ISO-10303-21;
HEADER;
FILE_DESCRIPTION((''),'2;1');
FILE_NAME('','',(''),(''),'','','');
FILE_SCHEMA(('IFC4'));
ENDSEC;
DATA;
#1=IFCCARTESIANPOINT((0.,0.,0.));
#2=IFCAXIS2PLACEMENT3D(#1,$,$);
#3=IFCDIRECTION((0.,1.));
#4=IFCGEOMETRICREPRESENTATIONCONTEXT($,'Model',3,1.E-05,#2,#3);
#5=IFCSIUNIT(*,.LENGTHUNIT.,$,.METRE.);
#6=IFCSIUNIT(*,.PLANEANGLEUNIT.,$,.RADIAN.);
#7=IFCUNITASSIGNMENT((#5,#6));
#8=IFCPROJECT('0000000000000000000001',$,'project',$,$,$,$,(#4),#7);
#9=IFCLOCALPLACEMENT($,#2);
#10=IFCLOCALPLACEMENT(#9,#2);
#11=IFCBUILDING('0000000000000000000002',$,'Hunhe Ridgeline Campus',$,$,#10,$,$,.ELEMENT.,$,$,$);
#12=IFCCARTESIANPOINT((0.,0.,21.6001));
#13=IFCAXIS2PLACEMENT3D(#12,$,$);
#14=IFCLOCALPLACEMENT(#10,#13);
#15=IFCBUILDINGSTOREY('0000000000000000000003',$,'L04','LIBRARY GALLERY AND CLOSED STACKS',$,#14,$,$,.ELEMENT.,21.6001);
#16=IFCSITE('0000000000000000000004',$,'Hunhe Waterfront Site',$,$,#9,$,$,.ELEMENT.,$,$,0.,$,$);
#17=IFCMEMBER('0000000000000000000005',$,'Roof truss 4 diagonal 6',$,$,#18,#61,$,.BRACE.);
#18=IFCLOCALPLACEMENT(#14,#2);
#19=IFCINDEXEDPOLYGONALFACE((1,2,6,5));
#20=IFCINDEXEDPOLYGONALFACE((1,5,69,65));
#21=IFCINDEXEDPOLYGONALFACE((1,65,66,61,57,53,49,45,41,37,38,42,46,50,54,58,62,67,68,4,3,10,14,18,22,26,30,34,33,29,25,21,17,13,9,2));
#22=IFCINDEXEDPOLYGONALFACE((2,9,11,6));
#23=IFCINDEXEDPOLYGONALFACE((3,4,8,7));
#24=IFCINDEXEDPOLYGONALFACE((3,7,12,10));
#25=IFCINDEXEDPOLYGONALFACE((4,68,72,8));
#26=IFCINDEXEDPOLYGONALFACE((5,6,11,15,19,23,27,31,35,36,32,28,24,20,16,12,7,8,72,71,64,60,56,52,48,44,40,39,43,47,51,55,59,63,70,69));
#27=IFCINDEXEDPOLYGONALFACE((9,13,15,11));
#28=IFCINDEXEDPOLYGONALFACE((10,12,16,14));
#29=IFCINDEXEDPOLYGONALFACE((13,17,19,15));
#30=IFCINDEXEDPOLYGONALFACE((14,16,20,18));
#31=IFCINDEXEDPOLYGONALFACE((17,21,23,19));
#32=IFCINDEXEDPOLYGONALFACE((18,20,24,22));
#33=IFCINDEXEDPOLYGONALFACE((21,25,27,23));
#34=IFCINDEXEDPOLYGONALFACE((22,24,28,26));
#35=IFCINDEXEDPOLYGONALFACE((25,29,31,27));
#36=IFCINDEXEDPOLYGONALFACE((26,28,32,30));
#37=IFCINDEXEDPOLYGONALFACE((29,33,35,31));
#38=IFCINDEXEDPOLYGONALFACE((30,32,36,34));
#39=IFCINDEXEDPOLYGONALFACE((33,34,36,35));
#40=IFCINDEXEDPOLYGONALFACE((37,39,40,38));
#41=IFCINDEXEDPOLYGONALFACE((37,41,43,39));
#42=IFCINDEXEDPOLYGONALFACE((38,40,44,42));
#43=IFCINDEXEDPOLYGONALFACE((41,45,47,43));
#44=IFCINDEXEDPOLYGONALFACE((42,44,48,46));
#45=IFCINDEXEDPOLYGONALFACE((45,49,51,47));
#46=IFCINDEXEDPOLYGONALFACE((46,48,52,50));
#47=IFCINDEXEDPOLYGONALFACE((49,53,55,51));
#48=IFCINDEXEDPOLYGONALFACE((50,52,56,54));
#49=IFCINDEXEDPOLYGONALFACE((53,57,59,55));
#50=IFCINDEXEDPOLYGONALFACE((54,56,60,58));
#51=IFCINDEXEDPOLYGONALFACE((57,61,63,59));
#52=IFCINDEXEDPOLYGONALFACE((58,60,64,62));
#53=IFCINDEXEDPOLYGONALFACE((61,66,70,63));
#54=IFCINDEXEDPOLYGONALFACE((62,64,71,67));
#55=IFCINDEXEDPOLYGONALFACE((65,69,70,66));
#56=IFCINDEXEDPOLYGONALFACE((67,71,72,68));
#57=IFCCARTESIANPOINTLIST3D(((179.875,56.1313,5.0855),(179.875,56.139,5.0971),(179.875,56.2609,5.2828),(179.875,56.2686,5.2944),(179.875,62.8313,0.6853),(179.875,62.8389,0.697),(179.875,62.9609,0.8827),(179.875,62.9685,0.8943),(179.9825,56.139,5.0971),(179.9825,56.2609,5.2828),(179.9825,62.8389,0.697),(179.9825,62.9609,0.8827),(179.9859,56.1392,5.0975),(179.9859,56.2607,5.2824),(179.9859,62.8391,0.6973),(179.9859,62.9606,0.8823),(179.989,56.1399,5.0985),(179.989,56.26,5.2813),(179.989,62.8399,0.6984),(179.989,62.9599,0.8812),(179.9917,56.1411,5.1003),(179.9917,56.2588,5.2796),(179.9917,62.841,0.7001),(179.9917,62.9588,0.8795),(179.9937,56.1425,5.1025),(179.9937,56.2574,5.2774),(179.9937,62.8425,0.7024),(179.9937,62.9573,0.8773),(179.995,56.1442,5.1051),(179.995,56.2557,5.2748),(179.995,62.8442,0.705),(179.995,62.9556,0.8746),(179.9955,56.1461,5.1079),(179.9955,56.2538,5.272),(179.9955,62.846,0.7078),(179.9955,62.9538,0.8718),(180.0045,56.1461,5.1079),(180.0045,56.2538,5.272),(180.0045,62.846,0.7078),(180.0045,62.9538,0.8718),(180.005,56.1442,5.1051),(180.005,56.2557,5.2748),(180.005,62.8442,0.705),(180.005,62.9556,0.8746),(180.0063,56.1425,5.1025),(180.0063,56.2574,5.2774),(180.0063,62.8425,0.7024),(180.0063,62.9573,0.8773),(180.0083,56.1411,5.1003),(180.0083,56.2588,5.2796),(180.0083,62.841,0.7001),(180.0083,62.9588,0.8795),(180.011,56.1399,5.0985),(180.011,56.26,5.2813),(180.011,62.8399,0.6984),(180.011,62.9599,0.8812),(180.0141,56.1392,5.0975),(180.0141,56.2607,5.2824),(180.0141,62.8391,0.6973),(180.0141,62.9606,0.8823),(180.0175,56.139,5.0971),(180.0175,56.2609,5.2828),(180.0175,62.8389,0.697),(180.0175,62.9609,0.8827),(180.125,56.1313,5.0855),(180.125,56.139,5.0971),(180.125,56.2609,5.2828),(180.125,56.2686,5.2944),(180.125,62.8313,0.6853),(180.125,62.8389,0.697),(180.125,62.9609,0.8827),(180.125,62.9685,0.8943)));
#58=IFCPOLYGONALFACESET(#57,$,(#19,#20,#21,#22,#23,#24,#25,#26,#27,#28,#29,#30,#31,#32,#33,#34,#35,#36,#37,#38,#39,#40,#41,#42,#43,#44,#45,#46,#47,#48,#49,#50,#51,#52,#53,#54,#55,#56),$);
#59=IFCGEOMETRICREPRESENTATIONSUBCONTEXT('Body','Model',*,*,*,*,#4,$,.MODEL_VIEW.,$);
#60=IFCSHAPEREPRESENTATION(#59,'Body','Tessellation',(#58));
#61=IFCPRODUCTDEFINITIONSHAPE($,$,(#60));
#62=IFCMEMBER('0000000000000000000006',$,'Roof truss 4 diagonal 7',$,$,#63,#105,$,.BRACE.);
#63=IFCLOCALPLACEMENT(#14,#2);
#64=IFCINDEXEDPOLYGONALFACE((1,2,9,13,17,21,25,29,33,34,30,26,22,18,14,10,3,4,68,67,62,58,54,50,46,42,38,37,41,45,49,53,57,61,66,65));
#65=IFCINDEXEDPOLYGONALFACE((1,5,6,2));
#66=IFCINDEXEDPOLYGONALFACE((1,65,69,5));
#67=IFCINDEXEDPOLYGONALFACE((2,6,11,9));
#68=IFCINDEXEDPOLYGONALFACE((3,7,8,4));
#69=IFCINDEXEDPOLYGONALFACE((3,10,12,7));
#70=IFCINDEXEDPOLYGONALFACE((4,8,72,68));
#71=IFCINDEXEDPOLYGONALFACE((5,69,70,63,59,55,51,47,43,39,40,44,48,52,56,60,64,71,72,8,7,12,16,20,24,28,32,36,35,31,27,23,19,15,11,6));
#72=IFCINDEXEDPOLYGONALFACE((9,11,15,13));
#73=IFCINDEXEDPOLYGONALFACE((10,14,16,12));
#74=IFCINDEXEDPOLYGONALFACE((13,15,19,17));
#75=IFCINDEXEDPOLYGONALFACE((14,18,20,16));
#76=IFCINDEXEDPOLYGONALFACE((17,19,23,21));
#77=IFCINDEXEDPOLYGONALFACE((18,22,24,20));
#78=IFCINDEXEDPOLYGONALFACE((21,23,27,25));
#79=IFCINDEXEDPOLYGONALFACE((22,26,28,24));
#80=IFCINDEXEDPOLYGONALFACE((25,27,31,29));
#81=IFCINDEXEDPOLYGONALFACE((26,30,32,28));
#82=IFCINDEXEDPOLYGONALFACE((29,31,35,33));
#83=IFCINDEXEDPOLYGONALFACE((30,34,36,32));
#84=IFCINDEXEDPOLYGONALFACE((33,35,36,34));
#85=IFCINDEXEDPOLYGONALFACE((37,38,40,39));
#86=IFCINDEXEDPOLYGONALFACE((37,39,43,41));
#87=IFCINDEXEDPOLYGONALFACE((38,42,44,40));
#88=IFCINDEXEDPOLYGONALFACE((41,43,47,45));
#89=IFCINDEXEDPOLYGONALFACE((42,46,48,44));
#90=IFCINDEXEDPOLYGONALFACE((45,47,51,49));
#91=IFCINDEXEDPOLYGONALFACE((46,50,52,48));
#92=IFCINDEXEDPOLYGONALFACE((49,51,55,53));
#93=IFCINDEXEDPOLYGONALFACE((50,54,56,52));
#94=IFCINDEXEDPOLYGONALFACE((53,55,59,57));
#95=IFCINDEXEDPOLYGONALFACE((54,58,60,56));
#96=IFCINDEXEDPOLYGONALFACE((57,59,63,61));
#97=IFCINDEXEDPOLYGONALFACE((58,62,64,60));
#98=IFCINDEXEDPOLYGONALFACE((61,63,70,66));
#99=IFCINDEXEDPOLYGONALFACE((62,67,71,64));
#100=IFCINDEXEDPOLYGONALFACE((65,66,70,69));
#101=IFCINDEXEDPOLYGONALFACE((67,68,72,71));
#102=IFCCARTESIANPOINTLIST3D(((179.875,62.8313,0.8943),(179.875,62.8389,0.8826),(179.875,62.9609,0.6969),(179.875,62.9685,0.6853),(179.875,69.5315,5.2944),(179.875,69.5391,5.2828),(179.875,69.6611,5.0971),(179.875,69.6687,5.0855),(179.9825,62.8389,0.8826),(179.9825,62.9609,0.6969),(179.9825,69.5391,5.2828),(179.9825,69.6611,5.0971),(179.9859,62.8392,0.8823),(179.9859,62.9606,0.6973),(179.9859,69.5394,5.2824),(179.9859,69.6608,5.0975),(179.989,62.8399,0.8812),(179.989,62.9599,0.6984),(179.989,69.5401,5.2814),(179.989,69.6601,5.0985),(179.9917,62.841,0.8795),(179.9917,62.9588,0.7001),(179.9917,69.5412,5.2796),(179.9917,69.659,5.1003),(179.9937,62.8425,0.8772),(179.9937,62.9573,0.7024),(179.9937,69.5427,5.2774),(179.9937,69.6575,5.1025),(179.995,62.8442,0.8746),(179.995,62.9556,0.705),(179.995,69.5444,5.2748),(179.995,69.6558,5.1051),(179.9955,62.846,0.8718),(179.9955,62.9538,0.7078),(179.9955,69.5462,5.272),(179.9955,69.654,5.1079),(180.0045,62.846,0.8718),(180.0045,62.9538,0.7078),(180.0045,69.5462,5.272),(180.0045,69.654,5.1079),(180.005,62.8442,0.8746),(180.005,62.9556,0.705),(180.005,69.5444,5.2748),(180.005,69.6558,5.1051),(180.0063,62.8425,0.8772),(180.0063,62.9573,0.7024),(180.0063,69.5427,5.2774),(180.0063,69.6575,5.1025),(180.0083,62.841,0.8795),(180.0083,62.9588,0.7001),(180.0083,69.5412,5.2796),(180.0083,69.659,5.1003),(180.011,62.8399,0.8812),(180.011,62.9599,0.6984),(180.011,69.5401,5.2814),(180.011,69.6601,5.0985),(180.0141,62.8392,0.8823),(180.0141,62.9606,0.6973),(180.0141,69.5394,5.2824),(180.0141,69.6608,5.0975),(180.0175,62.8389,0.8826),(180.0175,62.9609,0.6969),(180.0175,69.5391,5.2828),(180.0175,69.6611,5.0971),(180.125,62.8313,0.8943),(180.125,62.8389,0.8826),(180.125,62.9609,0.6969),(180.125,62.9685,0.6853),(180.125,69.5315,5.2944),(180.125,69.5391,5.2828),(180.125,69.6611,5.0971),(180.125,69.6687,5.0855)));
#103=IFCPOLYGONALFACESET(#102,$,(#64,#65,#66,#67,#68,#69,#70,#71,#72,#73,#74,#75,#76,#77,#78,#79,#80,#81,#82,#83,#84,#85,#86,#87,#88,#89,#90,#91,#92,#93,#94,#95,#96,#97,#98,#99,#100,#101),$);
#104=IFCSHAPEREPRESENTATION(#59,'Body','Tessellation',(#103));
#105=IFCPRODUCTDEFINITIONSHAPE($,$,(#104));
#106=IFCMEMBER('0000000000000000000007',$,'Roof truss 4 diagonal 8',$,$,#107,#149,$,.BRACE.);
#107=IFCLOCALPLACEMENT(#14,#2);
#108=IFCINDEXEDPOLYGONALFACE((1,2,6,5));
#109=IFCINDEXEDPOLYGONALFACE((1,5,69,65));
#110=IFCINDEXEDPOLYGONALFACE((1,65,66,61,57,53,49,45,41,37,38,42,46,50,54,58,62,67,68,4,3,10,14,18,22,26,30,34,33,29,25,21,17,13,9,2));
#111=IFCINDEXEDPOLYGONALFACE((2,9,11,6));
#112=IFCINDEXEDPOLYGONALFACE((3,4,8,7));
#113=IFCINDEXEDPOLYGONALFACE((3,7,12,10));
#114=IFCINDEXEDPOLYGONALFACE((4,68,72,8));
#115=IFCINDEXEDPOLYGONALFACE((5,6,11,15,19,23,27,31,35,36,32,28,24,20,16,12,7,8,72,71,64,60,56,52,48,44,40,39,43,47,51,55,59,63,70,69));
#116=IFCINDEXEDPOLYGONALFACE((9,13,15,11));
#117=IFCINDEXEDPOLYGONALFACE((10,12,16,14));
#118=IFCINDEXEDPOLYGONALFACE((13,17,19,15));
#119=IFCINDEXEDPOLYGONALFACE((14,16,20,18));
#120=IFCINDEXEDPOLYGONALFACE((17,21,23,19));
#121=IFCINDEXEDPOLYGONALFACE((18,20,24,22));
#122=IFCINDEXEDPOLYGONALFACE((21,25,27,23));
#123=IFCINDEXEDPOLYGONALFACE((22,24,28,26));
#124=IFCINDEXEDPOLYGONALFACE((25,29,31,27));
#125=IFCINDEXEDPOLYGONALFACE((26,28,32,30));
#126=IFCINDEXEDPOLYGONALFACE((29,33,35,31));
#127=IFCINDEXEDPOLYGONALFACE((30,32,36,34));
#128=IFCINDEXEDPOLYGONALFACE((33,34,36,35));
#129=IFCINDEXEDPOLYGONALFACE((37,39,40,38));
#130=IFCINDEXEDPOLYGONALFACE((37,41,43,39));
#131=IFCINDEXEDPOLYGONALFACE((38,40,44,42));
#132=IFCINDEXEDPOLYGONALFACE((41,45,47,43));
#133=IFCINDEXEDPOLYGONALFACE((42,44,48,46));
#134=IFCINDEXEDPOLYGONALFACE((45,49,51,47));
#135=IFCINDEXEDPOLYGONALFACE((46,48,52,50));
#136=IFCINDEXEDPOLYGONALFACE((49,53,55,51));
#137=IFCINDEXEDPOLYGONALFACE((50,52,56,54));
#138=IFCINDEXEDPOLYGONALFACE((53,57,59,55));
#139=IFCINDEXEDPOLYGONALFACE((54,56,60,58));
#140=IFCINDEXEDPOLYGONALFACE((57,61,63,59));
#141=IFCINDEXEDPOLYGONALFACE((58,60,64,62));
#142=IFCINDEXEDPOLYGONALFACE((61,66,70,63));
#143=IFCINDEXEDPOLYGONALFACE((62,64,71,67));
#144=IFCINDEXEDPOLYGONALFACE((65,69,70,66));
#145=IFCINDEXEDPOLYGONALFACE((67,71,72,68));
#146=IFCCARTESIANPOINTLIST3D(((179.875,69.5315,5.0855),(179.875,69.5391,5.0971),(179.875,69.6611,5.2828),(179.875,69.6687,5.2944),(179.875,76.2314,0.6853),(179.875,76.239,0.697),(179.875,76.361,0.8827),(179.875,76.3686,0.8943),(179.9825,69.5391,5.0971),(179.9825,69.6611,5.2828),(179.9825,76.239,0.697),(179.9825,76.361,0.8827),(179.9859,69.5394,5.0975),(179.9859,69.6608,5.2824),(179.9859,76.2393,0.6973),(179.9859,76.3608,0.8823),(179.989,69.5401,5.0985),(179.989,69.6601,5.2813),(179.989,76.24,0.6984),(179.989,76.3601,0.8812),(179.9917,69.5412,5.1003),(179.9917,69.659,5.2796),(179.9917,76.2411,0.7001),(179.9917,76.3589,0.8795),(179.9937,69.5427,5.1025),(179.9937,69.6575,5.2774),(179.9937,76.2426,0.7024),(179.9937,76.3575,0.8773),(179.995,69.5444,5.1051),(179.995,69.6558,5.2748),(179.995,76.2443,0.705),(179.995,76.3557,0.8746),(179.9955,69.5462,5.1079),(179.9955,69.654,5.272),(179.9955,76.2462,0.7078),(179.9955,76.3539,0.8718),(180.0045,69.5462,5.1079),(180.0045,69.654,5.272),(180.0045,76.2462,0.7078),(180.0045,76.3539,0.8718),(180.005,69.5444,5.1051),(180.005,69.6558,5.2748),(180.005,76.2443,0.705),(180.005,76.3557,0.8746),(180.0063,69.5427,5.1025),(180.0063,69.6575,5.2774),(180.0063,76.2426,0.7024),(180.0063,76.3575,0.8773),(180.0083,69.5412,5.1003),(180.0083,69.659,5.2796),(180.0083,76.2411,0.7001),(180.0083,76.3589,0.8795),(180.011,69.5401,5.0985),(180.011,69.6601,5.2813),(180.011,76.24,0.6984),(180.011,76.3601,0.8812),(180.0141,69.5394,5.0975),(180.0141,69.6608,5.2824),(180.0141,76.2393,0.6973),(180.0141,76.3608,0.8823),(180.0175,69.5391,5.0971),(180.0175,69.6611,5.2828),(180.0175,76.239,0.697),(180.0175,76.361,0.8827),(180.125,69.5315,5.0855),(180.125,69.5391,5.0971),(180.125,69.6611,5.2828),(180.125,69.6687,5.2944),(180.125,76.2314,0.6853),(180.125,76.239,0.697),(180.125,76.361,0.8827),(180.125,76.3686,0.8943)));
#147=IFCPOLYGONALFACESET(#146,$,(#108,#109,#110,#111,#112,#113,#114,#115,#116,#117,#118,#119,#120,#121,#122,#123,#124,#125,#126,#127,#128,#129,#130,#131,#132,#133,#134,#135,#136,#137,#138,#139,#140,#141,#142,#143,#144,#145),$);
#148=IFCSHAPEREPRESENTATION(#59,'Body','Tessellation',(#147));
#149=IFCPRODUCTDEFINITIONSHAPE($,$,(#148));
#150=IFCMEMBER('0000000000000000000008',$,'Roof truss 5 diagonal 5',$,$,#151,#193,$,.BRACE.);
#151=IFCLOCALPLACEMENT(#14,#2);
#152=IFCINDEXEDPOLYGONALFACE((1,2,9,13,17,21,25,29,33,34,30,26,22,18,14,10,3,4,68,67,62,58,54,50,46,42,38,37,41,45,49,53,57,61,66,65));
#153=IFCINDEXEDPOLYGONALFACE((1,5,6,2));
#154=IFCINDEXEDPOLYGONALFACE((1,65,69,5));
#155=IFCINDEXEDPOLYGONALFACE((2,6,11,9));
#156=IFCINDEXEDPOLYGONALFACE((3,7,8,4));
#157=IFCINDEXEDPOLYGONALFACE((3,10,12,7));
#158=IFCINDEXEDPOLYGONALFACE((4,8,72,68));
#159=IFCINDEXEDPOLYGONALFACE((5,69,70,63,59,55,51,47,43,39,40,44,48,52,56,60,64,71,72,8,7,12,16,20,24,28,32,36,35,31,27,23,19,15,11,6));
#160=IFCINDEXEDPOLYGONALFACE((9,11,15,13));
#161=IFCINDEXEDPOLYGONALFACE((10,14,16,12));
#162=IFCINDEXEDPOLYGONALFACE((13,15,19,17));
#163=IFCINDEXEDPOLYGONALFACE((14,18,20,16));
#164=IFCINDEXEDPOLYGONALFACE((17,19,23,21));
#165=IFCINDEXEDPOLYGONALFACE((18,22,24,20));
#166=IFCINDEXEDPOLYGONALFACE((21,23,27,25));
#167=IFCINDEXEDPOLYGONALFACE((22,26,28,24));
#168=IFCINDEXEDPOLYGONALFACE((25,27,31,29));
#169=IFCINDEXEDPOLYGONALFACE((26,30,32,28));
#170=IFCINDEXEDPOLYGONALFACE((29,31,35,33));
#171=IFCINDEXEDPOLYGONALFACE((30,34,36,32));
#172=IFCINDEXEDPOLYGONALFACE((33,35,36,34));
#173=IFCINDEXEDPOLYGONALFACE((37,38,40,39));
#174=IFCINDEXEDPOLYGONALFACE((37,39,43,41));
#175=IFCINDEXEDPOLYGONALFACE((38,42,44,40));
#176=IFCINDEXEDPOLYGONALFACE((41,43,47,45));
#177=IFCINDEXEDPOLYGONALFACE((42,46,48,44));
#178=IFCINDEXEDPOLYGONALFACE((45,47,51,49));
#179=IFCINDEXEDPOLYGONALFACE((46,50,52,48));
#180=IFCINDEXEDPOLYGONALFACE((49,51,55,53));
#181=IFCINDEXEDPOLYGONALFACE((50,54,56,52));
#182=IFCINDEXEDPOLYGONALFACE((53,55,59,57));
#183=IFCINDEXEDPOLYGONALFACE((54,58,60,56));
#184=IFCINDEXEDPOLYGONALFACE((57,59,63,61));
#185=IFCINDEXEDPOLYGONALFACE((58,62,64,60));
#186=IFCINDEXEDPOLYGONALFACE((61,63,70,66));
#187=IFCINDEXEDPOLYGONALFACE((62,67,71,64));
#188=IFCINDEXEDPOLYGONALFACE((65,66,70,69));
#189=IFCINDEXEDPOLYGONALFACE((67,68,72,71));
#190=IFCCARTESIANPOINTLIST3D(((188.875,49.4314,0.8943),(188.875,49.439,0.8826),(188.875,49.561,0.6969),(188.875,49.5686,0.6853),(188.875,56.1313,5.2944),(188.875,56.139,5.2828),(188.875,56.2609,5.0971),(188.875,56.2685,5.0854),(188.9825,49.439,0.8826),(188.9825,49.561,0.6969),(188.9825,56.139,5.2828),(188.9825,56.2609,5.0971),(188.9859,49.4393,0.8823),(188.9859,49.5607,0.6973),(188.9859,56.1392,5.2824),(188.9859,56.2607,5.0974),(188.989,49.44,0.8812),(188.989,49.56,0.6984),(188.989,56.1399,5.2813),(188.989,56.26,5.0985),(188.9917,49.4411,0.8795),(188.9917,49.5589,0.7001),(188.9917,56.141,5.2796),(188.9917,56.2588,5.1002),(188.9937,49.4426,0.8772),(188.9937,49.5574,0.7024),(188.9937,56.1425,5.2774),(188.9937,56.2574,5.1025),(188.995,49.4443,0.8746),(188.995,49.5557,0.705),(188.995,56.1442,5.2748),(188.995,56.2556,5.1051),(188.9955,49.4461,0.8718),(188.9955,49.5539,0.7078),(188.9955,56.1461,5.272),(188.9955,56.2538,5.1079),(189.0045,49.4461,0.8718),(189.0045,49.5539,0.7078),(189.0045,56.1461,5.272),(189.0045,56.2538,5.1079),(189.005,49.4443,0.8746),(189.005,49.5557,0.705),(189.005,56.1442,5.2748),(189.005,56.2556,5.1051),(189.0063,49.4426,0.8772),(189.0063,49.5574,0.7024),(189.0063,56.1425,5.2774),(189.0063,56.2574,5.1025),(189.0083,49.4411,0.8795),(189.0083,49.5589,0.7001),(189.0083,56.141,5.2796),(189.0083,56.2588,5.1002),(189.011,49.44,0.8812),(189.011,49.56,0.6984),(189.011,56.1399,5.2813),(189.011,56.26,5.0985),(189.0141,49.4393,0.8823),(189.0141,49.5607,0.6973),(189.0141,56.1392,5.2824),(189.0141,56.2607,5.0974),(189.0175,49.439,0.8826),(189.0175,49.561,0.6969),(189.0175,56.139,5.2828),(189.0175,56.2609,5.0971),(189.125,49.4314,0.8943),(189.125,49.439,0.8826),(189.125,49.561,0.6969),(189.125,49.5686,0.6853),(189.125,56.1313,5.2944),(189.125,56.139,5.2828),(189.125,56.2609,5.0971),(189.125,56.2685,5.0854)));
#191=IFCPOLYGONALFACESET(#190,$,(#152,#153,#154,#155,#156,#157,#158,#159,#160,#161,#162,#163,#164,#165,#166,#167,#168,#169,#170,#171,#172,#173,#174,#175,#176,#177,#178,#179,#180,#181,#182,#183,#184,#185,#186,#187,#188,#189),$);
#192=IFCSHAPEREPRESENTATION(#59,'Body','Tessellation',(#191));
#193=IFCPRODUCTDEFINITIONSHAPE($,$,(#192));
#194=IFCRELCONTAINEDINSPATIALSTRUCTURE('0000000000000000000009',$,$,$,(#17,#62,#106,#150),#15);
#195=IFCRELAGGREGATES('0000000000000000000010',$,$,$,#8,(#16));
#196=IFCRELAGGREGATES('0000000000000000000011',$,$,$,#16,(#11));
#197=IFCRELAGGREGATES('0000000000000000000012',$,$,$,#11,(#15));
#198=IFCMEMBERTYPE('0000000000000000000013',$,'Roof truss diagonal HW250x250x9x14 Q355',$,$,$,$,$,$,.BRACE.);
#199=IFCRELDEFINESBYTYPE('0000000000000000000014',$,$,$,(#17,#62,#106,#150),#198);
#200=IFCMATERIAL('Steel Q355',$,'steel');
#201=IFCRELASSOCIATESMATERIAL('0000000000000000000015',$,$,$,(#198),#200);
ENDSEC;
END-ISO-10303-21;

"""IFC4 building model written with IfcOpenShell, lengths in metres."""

from ifc_helpers import new_model, si_unit, direction, frame, origin, origin_2d, place, context, subcontext, project, spatial, i_section, extrude, material, material_profile, profile_set, type_object, element, save


model = new_model("IFC4")

# Units and contexts
model_context = context("Model", 3, precision=1e-05, world=origin(), true_north=direction((0.0, 1.0)))
body_context = subcontext(model_context, "Body", "Model", "MODEL_VIEW")
ifc_project = project(units=[si_unit("LENGTHUNIT", "METRE"), si_unit("PLANEANGLEUNIT", "RADIAN")], contexts=[model_context])

# Site, building, storey
site_placement = place(None, origin())
site = spatial("IfcSite", under=ifc_project, at=site_placement, Name="Hunhe Waterfront Site", CompositionType="ELEMENT", RefElevation=0.0)
building_placement = place(site_placement, origin())
building = spatial("IfcBuilding", under=site, at=building_placement, Name="Hunhe Ridgeline Campus", CompositionType="ELEMENT")
storey_placement = place(building_placement, frame((0.0, 0.0, 21.6001)))
storey = spatial("IfcBuildingStorey", under=building, at=storey_placement, Name="L04", Description="LIBRARY GALLERY AND CLOSED STACKS", CompositionType="ELEMENT", Elevation=21.6001)

# Members
ifc_material_1 = material(Name="Steel Q355", Category="steel")
ifc_material_profile_1 = material_profile(ifc_material_1, i_section(OverallWidth=0.25, OverallDepth=0.25, WebThickness=0.009, FlangeThickness=0.0139, FilletRadius=0.0129, at=origin_2d()))
ifc_profile_set_1 = profile_set([ifc_material_profile_1], Name="Steel Q355")
member_type_1 = type_object("IfcMemberType", Name="Roof truss diagonal HW250x250x9x14 Q355", PredefinedType="BRACE", material=ifc_profile_set_1)
for number, where, z_axis, x_axis, name in (
    (1, (180.0, 56.2, 5.1899), (0.0, 0.835859, -0.548944), (-1.0, 0.0, 0.0), "Roof truss 4 diagonal 6"),
):
    element("IfcMember", number, at=place(storey_placement, frame(where, z_axis=z_axis, x_axis=x_axis)), inside=storey, type_object=member_type_1, Name=name, PredefinedType="BRACE", context=body_context, shape_type="SweptSolid", body=[
        extrude(i_section(OverallWidth=0.25, OverallDepth=0.25, WebThickness=0.009, FlangeThickness=0.0139, FilletRadius=0.0129, at=origin_2d()), origin(), (0.0, 0.0, 1.0), 8.0156),
    ])
member_1_placement = place(storey_placement, frame((180.0, 62.8999, 0.7898), z_axis=(0.0, 0.835868, 0.548931), x_axis=(-1.0, 0.0, 0.0)))
element("IfcMember", 2, at=member_1_placement, inside=storey, type_object=member_type_1, Name="Roof truss 4 diagonal 7", PredefinedType="BRACE", context=body_context, shape_type="SweptSolid", body=[
    extrude(i_section(OverallWidth=0.25, OverallDepth=0.25, WebThickness=0.009, FlangeThickness=0.0139, FilletRadius=0.0129, at=origin_2d()), origin(), (0.0, 0.0, 1.0), 8.0159),
])
for number, where, z_axis, x_axis, name in (
    (3, (180.0, 69.6001, 5.1899), (0.0, 0.835859, -0.548944), (-1.0, 0.0, 0.0), "Roof truss 4 diagonal 8"),
    (4, (189.0, 49.5, 0.7898), (0.0, 0.835859, 0.548944), (-1.0, 0.0, 0.0), "Roof truss 5 diagonal 5"),
):
    element("IfcMember", number, at=place(storey_placement, frame(where, z_axis=z_axis, x_axis=x_axis)), inside=storey, type_object=member_type_1, Name=name, PredefinedType="BRACE", context=body_context, shape_type="SweptSolid", body=[
        extrude(i_section(OverallWidth=0.25, OverallDepth=0.25, WebThickness=0.009, FlangeThickness=0.0139, FilletRadius=0.0129, at=origin_2d()), origin(), (0.0, 0.0, 1.0), 8.0156),
    ])

save(model, "model.ifc")
